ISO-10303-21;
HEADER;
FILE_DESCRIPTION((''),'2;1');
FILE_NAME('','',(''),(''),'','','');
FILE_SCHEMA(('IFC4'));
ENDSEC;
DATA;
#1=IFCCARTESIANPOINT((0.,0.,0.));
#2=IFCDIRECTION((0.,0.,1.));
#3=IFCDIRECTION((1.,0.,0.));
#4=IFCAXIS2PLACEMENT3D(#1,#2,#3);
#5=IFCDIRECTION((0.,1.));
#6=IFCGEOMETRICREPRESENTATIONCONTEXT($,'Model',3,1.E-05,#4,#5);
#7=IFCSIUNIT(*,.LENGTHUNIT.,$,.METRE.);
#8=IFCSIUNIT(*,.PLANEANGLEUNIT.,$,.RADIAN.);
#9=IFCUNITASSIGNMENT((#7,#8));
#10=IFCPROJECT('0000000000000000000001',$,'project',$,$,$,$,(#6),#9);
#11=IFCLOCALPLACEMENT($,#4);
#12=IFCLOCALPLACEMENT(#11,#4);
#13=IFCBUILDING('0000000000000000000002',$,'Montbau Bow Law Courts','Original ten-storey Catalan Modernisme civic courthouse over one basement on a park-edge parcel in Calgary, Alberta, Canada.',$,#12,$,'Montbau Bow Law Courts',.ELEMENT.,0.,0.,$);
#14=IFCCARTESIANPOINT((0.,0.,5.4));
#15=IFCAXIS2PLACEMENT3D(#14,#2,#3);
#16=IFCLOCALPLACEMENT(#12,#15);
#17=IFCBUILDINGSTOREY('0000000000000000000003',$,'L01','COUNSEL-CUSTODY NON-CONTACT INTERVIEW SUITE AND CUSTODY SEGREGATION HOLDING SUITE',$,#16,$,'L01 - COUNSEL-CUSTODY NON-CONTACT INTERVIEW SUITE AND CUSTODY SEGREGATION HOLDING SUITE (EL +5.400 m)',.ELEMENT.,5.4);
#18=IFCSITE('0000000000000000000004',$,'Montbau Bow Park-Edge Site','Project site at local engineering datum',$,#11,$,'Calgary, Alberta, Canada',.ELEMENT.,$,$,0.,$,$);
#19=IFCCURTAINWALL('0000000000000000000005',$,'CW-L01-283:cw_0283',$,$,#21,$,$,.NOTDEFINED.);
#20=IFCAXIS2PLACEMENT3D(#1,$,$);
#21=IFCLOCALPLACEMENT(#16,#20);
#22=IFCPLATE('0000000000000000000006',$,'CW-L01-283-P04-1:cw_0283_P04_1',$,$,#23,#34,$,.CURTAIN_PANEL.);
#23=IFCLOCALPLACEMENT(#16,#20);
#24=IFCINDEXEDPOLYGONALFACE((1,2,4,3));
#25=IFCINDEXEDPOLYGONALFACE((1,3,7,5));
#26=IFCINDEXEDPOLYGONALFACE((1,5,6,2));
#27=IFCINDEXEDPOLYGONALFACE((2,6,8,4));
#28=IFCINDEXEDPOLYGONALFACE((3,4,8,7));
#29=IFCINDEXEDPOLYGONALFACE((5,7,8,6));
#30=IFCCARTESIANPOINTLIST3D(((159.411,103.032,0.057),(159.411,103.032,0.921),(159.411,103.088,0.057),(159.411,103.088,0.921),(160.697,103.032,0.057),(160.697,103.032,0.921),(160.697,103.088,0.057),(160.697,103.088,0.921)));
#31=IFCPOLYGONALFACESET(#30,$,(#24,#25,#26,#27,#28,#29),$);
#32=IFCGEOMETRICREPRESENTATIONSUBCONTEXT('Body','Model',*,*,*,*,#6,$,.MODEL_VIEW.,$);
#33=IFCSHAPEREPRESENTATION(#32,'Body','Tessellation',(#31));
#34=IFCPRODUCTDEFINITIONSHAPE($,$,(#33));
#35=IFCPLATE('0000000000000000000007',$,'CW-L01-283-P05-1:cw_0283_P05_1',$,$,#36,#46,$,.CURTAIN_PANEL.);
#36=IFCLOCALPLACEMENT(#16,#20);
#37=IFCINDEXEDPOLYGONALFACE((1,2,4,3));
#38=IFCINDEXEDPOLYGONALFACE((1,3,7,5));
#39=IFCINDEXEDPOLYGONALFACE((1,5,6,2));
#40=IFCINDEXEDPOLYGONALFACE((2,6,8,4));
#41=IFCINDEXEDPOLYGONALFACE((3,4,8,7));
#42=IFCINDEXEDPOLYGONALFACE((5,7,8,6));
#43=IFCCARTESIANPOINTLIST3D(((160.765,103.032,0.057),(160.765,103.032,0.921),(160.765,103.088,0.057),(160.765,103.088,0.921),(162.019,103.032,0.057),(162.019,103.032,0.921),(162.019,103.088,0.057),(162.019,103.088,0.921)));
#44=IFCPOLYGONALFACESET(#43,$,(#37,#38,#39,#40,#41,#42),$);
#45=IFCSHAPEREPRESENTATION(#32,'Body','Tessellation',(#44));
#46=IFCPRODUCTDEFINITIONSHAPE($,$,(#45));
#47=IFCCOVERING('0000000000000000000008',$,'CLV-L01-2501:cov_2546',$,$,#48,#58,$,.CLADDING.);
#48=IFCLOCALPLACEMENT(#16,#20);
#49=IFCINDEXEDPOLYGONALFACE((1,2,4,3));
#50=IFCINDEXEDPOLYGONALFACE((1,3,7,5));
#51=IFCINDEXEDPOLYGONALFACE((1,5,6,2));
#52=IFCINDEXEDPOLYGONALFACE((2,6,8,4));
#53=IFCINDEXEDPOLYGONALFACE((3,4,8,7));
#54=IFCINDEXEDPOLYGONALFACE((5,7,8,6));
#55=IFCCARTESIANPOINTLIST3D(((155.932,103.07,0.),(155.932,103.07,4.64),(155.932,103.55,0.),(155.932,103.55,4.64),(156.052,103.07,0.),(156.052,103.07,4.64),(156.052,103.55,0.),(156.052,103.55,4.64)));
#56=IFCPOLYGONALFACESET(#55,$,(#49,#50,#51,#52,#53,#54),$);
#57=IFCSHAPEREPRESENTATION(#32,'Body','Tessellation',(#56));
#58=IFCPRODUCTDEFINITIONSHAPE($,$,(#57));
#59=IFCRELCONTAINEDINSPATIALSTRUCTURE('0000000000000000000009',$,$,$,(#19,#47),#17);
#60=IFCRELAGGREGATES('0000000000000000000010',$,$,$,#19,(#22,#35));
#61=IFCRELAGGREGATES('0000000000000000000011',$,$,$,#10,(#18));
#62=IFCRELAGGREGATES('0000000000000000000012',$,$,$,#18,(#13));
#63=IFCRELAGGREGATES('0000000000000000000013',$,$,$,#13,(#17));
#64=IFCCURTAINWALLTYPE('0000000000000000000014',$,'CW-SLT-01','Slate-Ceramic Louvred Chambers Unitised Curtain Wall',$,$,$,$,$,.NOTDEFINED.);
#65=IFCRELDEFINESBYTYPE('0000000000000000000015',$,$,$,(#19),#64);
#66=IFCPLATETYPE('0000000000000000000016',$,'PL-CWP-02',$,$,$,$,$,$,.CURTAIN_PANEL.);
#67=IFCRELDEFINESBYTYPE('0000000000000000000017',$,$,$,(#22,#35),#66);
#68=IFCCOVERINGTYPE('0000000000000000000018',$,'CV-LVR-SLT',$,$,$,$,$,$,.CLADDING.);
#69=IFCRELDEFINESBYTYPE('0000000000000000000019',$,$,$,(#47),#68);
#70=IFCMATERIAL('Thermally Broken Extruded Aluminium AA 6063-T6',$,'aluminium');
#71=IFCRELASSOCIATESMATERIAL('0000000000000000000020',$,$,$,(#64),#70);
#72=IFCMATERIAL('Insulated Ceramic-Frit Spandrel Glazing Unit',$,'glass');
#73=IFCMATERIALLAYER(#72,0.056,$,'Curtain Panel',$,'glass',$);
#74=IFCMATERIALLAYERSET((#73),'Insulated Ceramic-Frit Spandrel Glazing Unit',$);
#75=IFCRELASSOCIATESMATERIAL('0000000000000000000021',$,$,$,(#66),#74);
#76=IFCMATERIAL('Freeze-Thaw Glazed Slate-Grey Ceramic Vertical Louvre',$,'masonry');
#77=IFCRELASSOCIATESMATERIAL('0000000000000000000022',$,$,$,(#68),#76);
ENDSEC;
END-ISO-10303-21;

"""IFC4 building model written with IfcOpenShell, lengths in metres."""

from ifc_helpers import new_model, si_unit, direction, frame, frame_2d, origin_with_axes, place, context, subcontext, project, spatial, rectangle, extrude, material, layer, layer_set, type_object, element, aggregate, save


model = new_model("IFC4")

# Units and contexts
model_context = context("Model", 3, precision=1e-05, world=origin_with_axes(), true_north=direction((0.0, 1.0)))
body_context = subcontext(model_context, "Body", "Model", "MODEL_VIEW")
ifc_project = project(units=[si_unit("LENGTHUNIT", "METRE"), si_unit("PLANEANGLEUNIT", "RADIAN")], contexts=[model_context])

# Site, building, storey
site_placement = place(None, origin_with_axes())
site = spatial("IfcSite", under=ifc_project, at=site_placement, Name="Montbau Bow Park-Edge Site", Description="Project site at local engineering datum", LongName="Calgary, Alberta, Canada", CompositionType="ELEMENT", RefElevation=0.0)
building_placement = place(site_placement, origin_with_axes())
building = spatial("IfcBuilding", under=site, at=building_placement, Name="Montbau Bow Law Courts", Description="Original ten-storey Catalan Modernisme civic courthouse over one basement on a park-edge parcel in Calgary, Alberta, Canada.", LongName="Montbau Bow Law Courts", CompositionType="ELEMENT", ElevationOfRefHeight=0.0, ElevationOfTerrain=0.0)
storey_placement = place(building_placement, frame((0.0, 0.0, 5.4), z_axis=(0.0, 0.0, 1.0), x_axis=(1.0, 0.0, 0.0)))
storey = spatial("IfcBuildingStorey", under=building, at=storey_placement, Name="L01", Description="COUNSEL-CUSTODY NON-CONTACT INTERVIEW SUITE AND CUSTODY SEGREGATION HOLDING SUITE", LongName="L01 - COUNSEL-CUSTODY NON-CONTACT INTERVIEW SUITE AND CUSTODY SEGREGATION HOLDING SUITE (EL +5.400 m)", CompositionType="ELEMENT", Elevation=5.4)

# Curtain wall, plates
ifc_material_1 = material(Name="Thermally Broken Extruded Aluminium AA 6063-T6", Category="aluminium")
curtain_wall_type = type_object("IfcCurtainWallType", Name="CW-SLT-01", Description="Slate-Ceramic Louvred Chambers Unitised Curtain Wall", PredefinedType="NOTDEFINED", material=ifc_material_1)
curtain_wall_placement = place(None, frame((155.315, 103.06, 5.4), z_axis=(0.0, 0.0, 1.0), x_axis=(1.0, 0.0, 0.0)))
curtain_wall = element("IfcCurtainWall", 1, at=curtain_wall_placement, inside=storey, type_object=curtain_wall_type, Name="CW-L01-283:cw_0283", PredefinedType="NOTDEFINED")
ifc_material_2 = material(Name="Insulated Ceramic-Frit Spandrel Glazing Unit", Category="glass")
ifc_layer_1 = layer(ifc_material_2, 0.056, Name="Curtain Panel", Category="glass")
ifc_layer_set_1 = layer_set([ifc_layer_1], Name="Insulated Ceramic-Frit Spandrel Glazing Unit")
plate_type_1 = type_object("IfcPlateType", Name="PL-CWP-02", PredefinedType="CURTAIN_PANEL", material=ifc_layer_set_1)
plate_1_placement = place(None, frame((159.411, 103.06, 5.457), z_axis=(0.0, -1.0, 0.0), x_axis=(1.0, 0.0, 0.0)))
plate_1 = element("IfcPlate", 2, at=plate_1_placement, type_object=plate_type_1, Name="CW-L01-283-P04-1:cw_0283_P04_1", PredefinedType="CURTAIN_PANEL", context=body_context, shape_type="SweptSolid", body=[
    extrude(rectangle(XDim=1.286, YDim=0.864, at=frame_2d((0.643, 0.432), x_axis=(1.0, 0.0))), frame((0.0, 0.0, -0.028), z_axis=(0.0, 0.0, 1.0), x_axis=(1.0, 0.0, 0.0)), (0.0, 0.0, 1.0), 0.056),
])
plate_2_placement = place(None, frame((160.765, 103.06, 5.457), z_axis=(0.0, -1.0, 0.0), x_axis=(1.0, 0.0, 0.0)))
plate_2 = element("IfcPlate", 3, at=plate_2_placement, type_object=plate_type_1, Name="CW-L01-283-P05-1:cw_0283_P05_1", PredefinedType="CURTAIN_PANEL", context=body_context, shape_type="SweptSolid", body=[
    extrude(rectangle(XDim=1.254, YDim=0.864, at=frame_2d((0.627, 0.432), x_axis=(1.0, 0.0))), frame((0.0, 0.0, -0.028), z_axis=(0.0, 0.0, 1.0), x_axis=(1.0, 0.0, 0.0)), (0.0, 0.0, 1.0), 0.056),
])
aggregate(curtain_wall, [plate_1, plate_2])

# Covering
ifc_material_3 = material(Name="Freeze-Thaw Glazed Slate-Grey Ceramic Vertical Louvre", Category="masonry")
covering_type = type_object("IfcCoveringType", Name="CV-LVR-SLT", PredefinedType="CLADDING", material=ifc_material_3)
covering_placement = place(None, frame((155.992, 103.07, 5.4), z_axis=(1.0, 0.0, 0.0), x_axis=(0.0, 1.0, 0.0)))
element("IfcCovering", 4, at=covering_placement, inside=storey, type_object=covering_type, Name="CLV-L01-2501:cov_2546", PredefinedType="CLADDING", context=body_context, shape_type="SweptSolid", body=[
    extrude(rectangle(XDim=0.48, YDim=4.64, at=frame_2d((0.24, 2.32), x_axis=(1.0, 0.0))), frame((0.0, 0.0, -0.06), z_axis=(0.0, 0.0, 1.0), x_axis=(1.0, 0.0, 0.0)), (0.0, 0.0, 1.0), 0.12),
])

save(model, "model.ifc")
